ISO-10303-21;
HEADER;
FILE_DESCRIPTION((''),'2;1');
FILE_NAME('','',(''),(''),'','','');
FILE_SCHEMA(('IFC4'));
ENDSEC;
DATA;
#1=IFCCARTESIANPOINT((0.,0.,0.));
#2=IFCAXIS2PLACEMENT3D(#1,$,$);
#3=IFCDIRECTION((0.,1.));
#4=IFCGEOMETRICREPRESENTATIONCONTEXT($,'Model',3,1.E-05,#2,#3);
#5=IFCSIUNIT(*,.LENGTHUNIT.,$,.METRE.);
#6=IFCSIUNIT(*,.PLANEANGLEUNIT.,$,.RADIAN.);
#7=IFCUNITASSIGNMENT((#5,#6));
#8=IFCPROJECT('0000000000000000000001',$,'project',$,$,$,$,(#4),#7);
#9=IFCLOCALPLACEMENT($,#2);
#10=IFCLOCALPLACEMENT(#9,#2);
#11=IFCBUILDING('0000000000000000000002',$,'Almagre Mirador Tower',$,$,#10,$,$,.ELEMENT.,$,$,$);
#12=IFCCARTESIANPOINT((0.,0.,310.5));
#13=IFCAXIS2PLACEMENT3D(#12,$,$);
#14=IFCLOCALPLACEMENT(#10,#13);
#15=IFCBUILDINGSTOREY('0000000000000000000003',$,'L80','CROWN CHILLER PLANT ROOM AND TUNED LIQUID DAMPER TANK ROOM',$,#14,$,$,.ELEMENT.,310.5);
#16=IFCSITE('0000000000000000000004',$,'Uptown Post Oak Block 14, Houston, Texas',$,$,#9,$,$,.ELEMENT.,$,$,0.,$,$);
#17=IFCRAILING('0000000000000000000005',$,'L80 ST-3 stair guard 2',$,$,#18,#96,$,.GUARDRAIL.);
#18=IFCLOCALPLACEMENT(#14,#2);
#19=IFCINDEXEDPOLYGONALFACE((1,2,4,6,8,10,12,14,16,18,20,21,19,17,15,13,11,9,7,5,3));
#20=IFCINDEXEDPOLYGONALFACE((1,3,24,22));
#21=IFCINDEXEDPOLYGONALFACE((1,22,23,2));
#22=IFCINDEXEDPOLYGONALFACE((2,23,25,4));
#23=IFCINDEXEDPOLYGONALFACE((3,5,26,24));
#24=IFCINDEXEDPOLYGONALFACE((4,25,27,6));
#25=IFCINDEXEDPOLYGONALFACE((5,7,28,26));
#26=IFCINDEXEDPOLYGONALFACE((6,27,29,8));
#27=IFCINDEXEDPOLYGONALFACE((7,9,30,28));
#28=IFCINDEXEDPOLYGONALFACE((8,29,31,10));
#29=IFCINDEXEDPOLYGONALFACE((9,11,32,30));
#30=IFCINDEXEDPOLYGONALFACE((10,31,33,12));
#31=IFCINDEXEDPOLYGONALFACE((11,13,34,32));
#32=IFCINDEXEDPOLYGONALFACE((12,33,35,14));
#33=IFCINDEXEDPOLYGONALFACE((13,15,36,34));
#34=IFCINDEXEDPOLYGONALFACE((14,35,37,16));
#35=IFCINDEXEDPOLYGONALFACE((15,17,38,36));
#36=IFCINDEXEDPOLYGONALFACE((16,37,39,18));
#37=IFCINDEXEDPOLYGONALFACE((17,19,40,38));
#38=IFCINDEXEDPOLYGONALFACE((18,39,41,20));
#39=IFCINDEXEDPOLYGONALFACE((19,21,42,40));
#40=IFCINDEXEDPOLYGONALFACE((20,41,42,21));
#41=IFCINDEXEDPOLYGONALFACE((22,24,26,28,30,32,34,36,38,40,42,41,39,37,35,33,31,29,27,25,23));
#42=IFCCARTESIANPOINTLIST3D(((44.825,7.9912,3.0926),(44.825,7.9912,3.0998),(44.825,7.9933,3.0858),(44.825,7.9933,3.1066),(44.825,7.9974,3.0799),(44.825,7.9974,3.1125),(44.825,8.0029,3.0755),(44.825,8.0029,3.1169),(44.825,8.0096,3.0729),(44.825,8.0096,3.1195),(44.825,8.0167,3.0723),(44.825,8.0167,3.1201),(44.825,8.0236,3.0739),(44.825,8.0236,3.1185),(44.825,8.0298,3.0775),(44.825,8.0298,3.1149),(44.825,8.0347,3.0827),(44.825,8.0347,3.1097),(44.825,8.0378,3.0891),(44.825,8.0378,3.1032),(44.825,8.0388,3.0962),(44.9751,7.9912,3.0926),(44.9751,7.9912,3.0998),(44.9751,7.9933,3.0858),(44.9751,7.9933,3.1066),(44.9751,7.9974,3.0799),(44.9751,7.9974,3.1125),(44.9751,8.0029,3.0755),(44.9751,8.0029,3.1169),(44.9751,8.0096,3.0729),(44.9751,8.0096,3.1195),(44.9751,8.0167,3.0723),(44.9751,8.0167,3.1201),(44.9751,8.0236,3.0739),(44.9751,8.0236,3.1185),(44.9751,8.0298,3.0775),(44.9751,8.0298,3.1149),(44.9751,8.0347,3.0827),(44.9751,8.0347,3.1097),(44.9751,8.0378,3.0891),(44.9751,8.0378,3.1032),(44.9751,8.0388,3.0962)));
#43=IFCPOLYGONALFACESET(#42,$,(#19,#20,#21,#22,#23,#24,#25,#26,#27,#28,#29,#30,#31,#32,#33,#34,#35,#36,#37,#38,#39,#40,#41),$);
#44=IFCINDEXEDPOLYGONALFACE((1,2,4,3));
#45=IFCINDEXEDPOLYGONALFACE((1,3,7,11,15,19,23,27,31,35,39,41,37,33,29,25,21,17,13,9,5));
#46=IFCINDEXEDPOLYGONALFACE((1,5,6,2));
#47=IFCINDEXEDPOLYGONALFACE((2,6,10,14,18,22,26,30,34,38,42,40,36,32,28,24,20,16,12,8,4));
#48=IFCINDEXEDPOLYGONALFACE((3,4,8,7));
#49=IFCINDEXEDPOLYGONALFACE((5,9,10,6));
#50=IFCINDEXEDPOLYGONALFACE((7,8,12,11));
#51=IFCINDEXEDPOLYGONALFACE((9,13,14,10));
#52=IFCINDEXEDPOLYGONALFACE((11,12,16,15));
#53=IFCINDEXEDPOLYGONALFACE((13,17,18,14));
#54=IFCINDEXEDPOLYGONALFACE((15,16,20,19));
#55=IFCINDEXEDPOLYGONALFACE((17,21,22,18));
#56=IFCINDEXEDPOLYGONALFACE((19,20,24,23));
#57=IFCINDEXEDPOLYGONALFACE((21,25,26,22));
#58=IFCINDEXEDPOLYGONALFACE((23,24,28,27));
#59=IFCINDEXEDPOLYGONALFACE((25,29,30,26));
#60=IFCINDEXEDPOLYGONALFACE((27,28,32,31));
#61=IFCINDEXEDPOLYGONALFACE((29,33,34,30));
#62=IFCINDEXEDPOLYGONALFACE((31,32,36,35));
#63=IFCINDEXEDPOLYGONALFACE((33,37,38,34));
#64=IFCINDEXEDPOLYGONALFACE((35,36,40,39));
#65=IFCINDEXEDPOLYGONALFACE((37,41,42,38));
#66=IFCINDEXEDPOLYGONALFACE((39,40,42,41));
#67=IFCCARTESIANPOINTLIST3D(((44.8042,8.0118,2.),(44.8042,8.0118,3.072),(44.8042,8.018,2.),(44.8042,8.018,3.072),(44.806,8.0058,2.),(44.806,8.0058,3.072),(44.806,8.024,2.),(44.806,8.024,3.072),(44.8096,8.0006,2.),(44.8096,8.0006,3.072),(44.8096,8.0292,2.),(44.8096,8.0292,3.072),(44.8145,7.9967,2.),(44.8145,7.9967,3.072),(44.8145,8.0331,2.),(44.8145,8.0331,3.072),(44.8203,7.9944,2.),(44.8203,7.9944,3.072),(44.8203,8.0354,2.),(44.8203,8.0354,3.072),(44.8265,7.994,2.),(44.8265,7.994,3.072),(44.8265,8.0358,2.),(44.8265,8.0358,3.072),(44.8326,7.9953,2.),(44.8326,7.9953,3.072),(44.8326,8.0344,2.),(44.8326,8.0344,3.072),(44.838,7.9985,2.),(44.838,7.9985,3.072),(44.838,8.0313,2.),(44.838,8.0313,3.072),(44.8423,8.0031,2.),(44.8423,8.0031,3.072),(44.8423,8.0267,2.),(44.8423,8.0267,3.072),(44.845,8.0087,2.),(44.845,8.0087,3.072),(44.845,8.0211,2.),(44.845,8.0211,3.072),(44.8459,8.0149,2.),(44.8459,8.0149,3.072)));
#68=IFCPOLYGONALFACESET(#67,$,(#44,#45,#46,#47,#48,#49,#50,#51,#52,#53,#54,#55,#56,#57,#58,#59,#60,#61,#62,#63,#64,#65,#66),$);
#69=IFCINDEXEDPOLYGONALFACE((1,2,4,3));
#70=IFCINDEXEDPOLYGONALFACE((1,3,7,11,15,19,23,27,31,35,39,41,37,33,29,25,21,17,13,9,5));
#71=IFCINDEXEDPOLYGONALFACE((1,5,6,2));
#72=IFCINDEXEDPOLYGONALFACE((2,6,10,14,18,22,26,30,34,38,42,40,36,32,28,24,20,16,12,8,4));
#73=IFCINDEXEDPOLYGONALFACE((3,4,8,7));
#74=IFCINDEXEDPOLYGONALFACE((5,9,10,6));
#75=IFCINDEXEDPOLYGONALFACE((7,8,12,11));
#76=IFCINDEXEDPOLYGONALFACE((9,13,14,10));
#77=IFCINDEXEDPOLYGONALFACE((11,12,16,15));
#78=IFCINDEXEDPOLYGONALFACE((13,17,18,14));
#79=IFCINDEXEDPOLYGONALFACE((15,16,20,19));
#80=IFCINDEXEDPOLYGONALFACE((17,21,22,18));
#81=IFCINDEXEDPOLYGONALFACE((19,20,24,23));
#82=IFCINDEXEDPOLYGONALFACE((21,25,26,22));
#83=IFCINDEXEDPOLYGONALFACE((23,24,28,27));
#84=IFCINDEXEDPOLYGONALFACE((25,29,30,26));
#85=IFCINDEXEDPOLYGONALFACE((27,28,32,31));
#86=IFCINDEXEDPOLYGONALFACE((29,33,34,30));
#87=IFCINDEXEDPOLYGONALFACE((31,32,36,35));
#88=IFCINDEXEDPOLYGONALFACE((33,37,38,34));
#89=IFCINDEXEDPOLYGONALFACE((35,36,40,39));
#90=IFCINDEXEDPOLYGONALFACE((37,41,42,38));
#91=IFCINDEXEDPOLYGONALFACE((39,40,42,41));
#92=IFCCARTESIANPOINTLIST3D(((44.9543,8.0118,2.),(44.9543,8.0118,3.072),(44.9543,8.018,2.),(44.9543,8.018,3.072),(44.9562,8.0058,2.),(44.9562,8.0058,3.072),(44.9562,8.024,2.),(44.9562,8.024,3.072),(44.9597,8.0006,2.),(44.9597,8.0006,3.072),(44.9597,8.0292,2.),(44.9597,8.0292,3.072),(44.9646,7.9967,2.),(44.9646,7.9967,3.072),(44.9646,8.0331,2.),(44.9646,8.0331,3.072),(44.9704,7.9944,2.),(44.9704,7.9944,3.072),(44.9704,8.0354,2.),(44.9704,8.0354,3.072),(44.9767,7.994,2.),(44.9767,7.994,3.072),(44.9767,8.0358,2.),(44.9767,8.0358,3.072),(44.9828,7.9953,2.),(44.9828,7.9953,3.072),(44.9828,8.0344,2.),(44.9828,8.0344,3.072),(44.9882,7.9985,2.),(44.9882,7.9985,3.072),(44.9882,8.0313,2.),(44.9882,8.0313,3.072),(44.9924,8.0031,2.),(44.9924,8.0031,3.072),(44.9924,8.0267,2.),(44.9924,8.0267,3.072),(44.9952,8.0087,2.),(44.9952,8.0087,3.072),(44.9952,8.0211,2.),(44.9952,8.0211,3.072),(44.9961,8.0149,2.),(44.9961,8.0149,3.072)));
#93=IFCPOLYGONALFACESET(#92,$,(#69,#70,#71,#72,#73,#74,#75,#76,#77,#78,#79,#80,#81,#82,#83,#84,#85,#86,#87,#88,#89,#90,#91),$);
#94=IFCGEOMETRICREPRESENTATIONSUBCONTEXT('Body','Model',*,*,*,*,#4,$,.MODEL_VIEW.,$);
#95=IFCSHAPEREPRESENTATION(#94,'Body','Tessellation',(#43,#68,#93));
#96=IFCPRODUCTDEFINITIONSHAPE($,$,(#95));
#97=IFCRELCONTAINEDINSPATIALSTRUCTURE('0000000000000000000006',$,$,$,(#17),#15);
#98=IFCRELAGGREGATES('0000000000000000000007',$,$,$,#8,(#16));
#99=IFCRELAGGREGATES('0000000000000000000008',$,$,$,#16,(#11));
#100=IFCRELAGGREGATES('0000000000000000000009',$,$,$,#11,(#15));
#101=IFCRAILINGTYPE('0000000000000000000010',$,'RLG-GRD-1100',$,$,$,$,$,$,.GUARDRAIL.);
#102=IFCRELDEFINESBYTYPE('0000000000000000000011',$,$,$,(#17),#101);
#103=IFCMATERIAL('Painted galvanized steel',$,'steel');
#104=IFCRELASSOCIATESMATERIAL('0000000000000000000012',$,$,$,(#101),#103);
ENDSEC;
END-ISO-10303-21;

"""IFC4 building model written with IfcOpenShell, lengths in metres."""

from ifc_helpers import new_model, si_unit, direction, frame, origin, origin_2d, place, context, subcontext, project, spatial, circle, extrude, material, type_object, element, save


model = new_model("IFC4")

# Units and contexts
model_context = context("Model", 3, precision=1e-05, world=origin(), true_north=direction((0.0, 1.0)))
body_context = subcontext(model_context, "Body", "Model", "MODEL_VIEW")
ifc_project = project(units=[si_unit("LENGTHUNIT", "METRE"), si_unit("PLANEANGLEUNIT", "RADIAN")], contexts=[model_context])

# Site, building, storey
site_placement = place(None, origin())
site = spatial("IfcSite", under=ifc_project, at=site_placement, Name="Uptown Post Oak Block 14, Houston, Texas", CompositionType="ELEMENT", RefElevation=0.0)
building_placement = place(site_placement, origin())
building = spatial("IfcBuilding", under=site, at=building_placement, Name="Almagre Mirador Tower", CompositionType="ELEMENT")
storey_placement = place(building_placement, frame((0.0, 0.0, 310.5)))
storey = spatial("IfcBuildingStorey", under=building, at=storey_placement, Name="L80", Description="CROWN CHILLER PLANT ROOM AND TUNED LIQUID DAMPER TANK ROOM", CompositionType="ELEMENT", Elevation=310.5)

# Railing
ifc_material_1 = material(Name="Painted galvanized steel", Category="steel")
railing_type_1 = type_object("IfcRailingType", Name="RLG-GRD-1100", PredefinedType="GUARDRAIL", material=ifc_material_1)
railing_1_placement = place(storey_placement, frame((44.825, 8.0149, 2.0)))
element("IfcRailing", 1, at=railing_1_placement, inside=storey, type_object=railing_type_1, Name="L80 ST-3 stair guard 2", PredefinedType="GUARDRAIL", context=body_context, shape_type="SweptSolid", body=[
    extrude(circle(Radius=0.0239, at=origin_2d()), frame((0.0, 0.0, 1.0962), z_axis=(1.0, 0.0, 0.0), x_axis=(0.0, 1.0, 0.0)), (0.0, 0.0, 1.0), 0.1501),
    extrude(circle(Radius=0.021, at=origin_2d()), origin(), (0.0, 0.0, 1.0), 1.072),
    extrude(circle(Radius=0.021, at=origin_2d()), frame((0.1501, 0.0, 0.0)), (0.0, 0.0, 1.0), 1.072),
])

save(model, "model.ifc")
